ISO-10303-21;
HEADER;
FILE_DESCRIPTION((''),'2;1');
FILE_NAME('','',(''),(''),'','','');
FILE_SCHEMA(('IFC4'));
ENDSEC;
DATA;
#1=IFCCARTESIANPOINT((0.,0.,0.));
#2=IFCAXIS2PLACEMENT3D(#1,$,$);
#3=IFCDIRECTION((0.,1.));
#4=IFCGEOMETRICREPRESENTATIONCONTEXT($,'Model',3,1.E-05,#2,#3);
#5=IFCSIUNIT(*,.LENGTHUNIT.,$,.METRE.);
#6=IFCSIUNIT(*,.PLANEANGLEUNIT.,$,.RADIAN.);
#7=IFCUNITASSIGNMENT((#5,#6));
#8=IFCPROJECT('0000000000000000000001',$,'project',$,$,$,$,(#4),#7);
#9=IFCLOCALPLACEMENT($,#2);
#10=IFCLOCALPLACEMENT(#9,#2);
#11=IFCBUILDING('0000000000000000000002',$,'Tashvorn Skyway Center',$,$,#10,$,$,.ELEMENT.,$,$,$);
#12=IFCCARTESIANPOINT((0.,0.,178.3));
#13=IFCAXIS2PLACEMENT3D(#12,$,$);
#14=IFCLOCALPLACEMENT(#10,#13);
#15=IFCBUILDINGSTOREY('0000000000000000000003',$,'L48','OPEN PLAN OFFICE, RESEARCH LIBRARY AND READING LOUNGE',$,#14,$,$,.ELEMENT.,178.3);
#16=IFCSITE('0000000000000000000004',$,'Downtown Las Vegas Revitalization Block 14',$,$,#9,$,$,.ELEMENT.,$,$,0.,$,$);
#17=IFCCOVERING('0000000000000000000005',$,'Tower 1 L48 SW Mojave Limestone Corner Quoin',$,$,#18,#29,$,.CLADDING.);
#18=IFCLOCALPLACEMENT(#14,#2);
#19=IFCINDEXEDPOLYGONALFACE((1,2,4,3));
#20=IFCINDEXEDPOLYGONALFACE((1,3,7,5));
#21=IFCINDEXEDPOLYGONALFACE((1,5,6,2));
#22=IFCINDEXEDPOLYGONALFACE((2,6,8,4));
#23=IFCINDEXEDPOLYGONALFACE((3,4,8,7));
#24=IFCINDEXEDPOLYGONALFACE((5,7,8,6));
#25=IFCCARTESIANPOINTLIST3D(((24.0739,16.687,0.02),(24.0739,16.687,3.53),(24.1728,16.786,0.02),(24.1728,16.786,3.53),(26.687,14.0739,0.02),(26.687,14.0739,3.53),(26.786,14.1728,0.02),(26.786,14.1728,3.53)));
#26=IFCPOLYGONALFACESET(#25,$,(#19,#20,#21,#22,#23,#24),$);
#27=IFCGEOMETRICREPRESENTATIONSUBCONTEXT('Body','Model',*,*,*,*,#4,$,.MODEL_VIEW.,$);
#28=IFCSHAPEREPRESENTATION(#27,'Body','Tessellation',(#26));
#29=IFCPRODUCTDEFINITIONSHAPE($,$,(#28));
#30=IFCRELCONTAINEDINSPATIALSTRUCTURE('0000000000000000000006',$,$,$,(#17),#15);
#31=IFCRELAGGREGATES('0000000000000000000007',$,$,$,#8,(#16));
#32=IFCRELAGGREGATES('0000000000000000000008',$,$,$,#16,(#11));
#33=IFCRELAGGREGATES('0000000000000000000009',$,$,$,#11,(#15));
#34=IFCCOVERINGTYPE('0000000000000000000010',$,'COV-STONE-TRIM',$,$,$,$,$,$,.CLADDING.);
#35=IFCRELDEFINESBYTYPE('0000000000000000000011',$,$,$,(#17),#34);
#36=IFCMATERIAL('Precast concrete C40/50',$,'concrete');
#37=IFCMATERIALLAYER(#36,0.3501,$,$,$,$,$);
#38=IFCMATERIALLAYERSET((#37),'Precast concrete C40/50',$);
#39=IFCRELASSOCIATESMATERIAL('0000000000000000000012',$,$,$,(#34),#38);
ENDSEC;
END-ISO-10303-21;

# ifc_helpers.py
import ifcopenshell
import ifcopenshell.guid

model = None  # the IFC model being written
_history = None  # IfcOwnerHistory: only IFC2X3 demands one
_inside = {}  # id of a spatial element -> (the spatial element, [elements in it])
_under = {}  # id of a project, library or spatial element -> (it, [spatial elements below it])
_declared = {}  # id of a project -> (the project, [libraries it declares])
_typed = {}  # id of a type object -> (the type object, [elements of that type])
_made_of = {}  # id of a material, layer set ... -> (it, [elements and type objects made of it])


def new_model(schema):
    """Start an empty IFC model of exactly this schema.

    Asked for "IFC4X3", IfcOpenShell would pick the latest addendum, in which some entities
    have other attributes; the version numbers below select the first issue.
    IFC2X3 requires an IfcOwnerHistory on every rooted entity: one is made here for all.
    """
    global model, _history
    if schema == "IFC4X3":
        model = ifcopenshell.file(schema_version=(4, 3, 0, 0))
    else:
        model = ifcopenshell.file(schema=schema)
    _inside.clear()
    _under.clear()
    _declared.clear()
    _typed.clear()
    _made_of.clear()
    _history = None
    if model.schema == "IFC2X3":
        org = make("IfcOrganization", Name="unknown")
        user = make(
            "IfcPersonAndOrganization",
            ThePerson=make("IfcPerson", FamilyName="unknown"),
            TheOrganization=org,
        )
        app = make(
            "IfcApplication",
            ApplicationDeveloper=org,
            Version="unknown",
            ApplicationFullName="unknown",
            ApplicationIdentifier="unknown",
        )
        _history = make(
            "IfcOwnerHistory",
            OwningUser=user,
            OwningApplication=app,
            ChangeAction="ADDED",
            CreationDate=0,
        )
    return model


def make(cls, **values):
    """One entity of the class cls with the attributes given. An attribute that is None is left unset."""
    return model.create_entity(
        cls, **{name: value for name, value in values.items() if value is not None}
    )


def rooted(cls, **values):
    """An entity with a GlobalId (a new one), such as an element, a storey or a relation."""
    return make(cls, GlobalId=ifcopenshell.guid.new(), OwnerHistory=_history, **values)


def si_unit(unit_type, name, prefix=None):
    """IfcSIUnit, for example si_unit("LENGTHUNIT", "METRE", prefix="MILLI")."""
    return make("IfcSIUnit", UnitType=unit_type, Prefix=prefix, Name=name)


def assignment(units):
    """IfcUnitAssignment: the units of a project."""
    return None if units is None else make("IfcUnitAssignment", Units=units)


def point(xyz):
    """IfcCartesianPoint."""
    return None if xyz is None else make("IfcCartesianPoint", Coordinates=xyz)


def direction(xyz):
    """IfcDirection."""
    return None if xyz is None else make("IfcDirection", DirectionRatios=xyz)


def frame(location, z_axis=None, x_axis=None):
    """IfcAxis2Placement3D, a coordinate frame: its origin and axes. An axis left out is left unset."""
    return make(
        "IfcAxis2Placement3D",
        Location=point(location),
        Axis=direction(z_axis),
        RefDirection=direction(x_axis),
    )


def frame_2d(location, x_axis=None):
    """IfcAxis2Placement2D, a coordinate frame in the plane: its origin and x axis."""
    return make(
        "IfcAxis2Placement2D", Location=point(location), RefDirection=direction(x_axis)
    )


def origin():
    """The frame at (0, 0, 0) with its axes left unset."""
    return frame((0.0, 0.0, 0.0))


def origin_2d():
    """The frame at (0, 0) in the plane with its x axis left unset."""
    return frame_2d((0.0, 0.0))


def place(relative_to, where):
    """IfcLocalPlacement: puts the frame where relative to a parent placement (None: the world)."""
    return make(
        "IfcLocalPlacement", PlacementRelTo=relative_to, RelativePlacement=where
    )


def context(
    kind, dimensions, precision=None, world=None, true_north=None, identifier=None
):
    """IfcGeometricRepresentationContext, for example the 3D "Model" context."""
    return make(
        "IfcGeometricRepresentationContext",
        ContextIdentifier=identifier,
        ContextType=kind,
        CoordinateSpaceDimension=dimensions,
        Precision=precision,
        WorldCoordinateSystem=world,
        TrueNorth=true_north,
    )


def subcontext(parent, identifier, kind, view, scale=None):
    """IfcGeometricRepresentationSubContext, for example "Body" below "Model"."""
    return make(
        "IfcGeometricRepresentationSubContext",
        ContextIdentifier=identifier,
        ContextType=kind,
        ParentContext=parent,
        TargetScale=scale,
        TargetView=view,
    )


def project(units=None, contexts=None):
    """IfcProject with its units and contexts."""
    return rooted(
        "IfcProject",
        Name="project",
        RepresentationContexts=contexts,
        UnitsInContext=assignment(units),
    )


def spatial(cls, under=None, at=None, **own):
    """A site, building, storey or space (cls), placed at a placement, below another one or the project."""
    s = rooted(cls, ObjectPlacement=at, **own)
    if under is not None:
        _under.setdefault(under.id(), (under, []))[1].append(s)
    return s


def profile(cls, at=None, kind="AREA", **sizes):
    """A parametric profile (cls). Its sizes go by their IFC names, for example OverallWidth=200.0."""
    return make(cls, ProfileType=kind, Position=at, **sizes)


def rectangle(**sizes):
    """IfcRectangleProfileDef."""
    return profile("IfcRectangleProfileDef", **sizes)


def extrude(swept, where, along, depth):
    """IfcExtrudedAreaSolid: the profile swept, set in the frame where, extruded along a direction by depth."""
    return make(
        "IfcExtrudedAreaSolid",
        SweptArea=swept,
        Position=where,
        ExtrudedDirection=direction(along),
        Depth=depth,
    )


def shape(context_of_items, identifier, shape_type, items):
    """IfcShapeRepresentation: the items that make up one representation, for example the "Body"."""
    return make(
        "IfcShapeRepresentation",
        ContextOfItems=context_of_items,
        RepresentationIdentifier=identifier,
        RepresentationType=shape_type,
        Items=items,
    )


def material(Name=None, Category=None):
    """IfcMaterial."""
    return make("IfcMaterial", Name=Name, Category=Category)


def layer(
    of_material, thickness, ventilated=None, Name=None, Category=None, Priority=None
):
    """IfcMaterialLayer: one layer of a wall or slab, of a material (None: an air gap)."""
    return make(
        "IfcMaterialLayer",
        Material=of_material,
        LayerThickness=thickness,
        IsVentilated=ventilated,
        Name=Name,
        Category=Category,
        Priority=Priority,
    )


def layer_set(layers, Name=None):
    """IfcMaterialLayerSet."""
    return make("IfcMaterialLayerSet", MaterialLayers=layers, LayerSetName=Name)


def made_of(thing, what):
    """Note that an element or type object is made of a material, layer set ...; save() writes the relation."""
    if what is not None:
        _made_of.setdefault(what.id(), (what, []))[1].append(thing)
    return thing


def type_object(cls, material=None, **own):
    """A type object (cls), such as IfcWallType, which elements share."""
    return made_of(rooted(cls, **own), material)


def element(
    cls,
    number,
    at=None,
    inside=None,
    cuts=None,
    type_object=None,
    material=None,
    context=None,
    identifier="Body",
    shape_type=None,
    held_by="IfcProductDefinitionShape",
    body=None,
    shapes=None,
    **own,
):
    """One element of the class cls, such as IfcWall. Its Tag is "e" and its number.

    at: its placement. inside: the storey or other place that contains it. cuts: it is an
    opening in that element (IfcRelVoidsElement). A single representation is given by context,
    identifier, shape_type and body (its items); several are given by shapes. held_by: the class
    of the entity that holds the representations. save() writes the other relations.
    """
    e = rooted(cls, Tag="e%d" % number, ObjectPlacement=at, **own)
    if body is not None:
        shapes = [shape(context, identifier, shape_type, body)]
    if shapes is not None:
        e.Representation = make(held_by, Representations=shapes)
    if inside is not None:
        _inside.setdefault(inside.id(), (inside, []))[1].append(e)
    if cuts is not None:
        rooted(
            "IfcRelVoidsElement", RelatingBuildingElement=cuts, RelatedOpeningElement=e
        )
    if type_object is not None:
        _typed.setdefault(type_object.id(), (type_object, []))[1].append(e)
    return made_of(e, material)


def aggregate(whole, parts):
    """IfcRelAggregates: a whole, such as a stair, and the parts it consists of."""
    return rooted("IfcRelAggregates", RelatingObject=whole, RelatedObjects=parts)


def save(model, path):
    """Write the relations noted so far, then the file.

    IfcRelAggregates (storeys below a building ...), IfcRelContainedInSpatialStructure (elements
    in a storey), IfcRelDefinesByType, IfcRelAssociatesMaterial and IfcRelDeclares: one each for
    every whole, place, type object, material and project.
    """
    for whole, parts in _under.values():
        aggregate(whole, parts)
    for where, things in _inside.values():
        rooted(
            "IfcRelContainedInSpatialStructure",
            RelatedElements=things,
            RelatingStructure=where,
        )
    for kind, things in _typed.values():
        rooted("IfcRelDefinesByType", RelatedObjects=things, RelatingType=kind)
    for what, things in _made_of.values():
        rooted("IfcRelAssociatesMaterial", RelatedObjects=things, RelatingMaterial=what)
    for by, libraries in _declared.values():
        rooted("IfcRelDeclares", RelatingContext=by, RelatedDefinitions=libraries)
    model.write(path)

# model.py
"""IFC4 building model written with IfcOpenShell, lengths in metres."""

from ifc_helpers import new_model, si_unit, direction, frame, origin, origin_2d, place, context, subcontext, project, spatial, rectangle, extrude, material, layer, layer_set, type_object, element, save


model = new_model("IFC4")

# Units and contexts
model_context = context("Model", 3, precision=1e-05, world=origin(), true_north=direction((0.0, 1.0)))
body_context = subcontext(model_context, "Body", "Model", "MODEL_VIEW")
ifc_project = project(units=[si_unit("LENGTHUNIT", "METRE"), si_unit("PLANEANGLEUNIT", "RADIAN")], contexts=[model_context])

# Site, building, storey
site_placement = place(None, origin())
site = spatial("IfcSite", under=ifc_project, at=site_placement, Name="Downtown Las Vegas Revitalization Block 14", CompositionType="ELEMENT", RefElevation=0.0)
building_placement = place(site_placement, origin())
building = spatial("IfcBuilding", under=site, at=building_placement, Name="Tashvorn Skyway Center", CompositionType="ELEMENT")
storey_placement = place(building_placement, frame((0.0, 0.0, 178.3)))
storey = spatial("IfcBuildingStorey", under=building, at=storey_placement, Name="L48", Description="OPEN PLAN OFFICE, RESEARCH LIBRARY AND READING LOUNGE", CompositionType="ELEMENT", Elevation=178.3)

# Shared definitions
ifc_material_1 = material(Name="Precast concrete C40/50", Category="concrete")

# Covering
ifc_layer_1 = layer(ifc_material_1, 0.3501)
ifc_layer_set_1 = layer_set([ifc_layer_1], Name="Precast concrete C40/50")
covering_type_1 = type_object("IfcCoveringType", Name="COV-STONE-TRIM", PredefinedType="CLADDING", material=ifc_layer_set_1)
covering_1_placement = place(storey_placement, frame((25.4299, 15.4299, 0.02), z_axis=(0.0, 0.0, 1.0), x_axis=(-0.707107, 0.707107, 0.0)))
element("IfcCovering", 1, at=covering_1_placement, inside=storey, type_object=covering_type_1, Name="Tower 1 L48 SW Mojave Limestone Corner Quoin", PredefinedType="CLADDING", context=body_context, shape_type="SweptSolid", body=[
    extrude(rectangle(XDim=3.6956, YDim=0.1399, at=origin_2d()), origin(), (0.0, 0.0, 1.0), 3.51),
])

save(model, "model.ifc")
